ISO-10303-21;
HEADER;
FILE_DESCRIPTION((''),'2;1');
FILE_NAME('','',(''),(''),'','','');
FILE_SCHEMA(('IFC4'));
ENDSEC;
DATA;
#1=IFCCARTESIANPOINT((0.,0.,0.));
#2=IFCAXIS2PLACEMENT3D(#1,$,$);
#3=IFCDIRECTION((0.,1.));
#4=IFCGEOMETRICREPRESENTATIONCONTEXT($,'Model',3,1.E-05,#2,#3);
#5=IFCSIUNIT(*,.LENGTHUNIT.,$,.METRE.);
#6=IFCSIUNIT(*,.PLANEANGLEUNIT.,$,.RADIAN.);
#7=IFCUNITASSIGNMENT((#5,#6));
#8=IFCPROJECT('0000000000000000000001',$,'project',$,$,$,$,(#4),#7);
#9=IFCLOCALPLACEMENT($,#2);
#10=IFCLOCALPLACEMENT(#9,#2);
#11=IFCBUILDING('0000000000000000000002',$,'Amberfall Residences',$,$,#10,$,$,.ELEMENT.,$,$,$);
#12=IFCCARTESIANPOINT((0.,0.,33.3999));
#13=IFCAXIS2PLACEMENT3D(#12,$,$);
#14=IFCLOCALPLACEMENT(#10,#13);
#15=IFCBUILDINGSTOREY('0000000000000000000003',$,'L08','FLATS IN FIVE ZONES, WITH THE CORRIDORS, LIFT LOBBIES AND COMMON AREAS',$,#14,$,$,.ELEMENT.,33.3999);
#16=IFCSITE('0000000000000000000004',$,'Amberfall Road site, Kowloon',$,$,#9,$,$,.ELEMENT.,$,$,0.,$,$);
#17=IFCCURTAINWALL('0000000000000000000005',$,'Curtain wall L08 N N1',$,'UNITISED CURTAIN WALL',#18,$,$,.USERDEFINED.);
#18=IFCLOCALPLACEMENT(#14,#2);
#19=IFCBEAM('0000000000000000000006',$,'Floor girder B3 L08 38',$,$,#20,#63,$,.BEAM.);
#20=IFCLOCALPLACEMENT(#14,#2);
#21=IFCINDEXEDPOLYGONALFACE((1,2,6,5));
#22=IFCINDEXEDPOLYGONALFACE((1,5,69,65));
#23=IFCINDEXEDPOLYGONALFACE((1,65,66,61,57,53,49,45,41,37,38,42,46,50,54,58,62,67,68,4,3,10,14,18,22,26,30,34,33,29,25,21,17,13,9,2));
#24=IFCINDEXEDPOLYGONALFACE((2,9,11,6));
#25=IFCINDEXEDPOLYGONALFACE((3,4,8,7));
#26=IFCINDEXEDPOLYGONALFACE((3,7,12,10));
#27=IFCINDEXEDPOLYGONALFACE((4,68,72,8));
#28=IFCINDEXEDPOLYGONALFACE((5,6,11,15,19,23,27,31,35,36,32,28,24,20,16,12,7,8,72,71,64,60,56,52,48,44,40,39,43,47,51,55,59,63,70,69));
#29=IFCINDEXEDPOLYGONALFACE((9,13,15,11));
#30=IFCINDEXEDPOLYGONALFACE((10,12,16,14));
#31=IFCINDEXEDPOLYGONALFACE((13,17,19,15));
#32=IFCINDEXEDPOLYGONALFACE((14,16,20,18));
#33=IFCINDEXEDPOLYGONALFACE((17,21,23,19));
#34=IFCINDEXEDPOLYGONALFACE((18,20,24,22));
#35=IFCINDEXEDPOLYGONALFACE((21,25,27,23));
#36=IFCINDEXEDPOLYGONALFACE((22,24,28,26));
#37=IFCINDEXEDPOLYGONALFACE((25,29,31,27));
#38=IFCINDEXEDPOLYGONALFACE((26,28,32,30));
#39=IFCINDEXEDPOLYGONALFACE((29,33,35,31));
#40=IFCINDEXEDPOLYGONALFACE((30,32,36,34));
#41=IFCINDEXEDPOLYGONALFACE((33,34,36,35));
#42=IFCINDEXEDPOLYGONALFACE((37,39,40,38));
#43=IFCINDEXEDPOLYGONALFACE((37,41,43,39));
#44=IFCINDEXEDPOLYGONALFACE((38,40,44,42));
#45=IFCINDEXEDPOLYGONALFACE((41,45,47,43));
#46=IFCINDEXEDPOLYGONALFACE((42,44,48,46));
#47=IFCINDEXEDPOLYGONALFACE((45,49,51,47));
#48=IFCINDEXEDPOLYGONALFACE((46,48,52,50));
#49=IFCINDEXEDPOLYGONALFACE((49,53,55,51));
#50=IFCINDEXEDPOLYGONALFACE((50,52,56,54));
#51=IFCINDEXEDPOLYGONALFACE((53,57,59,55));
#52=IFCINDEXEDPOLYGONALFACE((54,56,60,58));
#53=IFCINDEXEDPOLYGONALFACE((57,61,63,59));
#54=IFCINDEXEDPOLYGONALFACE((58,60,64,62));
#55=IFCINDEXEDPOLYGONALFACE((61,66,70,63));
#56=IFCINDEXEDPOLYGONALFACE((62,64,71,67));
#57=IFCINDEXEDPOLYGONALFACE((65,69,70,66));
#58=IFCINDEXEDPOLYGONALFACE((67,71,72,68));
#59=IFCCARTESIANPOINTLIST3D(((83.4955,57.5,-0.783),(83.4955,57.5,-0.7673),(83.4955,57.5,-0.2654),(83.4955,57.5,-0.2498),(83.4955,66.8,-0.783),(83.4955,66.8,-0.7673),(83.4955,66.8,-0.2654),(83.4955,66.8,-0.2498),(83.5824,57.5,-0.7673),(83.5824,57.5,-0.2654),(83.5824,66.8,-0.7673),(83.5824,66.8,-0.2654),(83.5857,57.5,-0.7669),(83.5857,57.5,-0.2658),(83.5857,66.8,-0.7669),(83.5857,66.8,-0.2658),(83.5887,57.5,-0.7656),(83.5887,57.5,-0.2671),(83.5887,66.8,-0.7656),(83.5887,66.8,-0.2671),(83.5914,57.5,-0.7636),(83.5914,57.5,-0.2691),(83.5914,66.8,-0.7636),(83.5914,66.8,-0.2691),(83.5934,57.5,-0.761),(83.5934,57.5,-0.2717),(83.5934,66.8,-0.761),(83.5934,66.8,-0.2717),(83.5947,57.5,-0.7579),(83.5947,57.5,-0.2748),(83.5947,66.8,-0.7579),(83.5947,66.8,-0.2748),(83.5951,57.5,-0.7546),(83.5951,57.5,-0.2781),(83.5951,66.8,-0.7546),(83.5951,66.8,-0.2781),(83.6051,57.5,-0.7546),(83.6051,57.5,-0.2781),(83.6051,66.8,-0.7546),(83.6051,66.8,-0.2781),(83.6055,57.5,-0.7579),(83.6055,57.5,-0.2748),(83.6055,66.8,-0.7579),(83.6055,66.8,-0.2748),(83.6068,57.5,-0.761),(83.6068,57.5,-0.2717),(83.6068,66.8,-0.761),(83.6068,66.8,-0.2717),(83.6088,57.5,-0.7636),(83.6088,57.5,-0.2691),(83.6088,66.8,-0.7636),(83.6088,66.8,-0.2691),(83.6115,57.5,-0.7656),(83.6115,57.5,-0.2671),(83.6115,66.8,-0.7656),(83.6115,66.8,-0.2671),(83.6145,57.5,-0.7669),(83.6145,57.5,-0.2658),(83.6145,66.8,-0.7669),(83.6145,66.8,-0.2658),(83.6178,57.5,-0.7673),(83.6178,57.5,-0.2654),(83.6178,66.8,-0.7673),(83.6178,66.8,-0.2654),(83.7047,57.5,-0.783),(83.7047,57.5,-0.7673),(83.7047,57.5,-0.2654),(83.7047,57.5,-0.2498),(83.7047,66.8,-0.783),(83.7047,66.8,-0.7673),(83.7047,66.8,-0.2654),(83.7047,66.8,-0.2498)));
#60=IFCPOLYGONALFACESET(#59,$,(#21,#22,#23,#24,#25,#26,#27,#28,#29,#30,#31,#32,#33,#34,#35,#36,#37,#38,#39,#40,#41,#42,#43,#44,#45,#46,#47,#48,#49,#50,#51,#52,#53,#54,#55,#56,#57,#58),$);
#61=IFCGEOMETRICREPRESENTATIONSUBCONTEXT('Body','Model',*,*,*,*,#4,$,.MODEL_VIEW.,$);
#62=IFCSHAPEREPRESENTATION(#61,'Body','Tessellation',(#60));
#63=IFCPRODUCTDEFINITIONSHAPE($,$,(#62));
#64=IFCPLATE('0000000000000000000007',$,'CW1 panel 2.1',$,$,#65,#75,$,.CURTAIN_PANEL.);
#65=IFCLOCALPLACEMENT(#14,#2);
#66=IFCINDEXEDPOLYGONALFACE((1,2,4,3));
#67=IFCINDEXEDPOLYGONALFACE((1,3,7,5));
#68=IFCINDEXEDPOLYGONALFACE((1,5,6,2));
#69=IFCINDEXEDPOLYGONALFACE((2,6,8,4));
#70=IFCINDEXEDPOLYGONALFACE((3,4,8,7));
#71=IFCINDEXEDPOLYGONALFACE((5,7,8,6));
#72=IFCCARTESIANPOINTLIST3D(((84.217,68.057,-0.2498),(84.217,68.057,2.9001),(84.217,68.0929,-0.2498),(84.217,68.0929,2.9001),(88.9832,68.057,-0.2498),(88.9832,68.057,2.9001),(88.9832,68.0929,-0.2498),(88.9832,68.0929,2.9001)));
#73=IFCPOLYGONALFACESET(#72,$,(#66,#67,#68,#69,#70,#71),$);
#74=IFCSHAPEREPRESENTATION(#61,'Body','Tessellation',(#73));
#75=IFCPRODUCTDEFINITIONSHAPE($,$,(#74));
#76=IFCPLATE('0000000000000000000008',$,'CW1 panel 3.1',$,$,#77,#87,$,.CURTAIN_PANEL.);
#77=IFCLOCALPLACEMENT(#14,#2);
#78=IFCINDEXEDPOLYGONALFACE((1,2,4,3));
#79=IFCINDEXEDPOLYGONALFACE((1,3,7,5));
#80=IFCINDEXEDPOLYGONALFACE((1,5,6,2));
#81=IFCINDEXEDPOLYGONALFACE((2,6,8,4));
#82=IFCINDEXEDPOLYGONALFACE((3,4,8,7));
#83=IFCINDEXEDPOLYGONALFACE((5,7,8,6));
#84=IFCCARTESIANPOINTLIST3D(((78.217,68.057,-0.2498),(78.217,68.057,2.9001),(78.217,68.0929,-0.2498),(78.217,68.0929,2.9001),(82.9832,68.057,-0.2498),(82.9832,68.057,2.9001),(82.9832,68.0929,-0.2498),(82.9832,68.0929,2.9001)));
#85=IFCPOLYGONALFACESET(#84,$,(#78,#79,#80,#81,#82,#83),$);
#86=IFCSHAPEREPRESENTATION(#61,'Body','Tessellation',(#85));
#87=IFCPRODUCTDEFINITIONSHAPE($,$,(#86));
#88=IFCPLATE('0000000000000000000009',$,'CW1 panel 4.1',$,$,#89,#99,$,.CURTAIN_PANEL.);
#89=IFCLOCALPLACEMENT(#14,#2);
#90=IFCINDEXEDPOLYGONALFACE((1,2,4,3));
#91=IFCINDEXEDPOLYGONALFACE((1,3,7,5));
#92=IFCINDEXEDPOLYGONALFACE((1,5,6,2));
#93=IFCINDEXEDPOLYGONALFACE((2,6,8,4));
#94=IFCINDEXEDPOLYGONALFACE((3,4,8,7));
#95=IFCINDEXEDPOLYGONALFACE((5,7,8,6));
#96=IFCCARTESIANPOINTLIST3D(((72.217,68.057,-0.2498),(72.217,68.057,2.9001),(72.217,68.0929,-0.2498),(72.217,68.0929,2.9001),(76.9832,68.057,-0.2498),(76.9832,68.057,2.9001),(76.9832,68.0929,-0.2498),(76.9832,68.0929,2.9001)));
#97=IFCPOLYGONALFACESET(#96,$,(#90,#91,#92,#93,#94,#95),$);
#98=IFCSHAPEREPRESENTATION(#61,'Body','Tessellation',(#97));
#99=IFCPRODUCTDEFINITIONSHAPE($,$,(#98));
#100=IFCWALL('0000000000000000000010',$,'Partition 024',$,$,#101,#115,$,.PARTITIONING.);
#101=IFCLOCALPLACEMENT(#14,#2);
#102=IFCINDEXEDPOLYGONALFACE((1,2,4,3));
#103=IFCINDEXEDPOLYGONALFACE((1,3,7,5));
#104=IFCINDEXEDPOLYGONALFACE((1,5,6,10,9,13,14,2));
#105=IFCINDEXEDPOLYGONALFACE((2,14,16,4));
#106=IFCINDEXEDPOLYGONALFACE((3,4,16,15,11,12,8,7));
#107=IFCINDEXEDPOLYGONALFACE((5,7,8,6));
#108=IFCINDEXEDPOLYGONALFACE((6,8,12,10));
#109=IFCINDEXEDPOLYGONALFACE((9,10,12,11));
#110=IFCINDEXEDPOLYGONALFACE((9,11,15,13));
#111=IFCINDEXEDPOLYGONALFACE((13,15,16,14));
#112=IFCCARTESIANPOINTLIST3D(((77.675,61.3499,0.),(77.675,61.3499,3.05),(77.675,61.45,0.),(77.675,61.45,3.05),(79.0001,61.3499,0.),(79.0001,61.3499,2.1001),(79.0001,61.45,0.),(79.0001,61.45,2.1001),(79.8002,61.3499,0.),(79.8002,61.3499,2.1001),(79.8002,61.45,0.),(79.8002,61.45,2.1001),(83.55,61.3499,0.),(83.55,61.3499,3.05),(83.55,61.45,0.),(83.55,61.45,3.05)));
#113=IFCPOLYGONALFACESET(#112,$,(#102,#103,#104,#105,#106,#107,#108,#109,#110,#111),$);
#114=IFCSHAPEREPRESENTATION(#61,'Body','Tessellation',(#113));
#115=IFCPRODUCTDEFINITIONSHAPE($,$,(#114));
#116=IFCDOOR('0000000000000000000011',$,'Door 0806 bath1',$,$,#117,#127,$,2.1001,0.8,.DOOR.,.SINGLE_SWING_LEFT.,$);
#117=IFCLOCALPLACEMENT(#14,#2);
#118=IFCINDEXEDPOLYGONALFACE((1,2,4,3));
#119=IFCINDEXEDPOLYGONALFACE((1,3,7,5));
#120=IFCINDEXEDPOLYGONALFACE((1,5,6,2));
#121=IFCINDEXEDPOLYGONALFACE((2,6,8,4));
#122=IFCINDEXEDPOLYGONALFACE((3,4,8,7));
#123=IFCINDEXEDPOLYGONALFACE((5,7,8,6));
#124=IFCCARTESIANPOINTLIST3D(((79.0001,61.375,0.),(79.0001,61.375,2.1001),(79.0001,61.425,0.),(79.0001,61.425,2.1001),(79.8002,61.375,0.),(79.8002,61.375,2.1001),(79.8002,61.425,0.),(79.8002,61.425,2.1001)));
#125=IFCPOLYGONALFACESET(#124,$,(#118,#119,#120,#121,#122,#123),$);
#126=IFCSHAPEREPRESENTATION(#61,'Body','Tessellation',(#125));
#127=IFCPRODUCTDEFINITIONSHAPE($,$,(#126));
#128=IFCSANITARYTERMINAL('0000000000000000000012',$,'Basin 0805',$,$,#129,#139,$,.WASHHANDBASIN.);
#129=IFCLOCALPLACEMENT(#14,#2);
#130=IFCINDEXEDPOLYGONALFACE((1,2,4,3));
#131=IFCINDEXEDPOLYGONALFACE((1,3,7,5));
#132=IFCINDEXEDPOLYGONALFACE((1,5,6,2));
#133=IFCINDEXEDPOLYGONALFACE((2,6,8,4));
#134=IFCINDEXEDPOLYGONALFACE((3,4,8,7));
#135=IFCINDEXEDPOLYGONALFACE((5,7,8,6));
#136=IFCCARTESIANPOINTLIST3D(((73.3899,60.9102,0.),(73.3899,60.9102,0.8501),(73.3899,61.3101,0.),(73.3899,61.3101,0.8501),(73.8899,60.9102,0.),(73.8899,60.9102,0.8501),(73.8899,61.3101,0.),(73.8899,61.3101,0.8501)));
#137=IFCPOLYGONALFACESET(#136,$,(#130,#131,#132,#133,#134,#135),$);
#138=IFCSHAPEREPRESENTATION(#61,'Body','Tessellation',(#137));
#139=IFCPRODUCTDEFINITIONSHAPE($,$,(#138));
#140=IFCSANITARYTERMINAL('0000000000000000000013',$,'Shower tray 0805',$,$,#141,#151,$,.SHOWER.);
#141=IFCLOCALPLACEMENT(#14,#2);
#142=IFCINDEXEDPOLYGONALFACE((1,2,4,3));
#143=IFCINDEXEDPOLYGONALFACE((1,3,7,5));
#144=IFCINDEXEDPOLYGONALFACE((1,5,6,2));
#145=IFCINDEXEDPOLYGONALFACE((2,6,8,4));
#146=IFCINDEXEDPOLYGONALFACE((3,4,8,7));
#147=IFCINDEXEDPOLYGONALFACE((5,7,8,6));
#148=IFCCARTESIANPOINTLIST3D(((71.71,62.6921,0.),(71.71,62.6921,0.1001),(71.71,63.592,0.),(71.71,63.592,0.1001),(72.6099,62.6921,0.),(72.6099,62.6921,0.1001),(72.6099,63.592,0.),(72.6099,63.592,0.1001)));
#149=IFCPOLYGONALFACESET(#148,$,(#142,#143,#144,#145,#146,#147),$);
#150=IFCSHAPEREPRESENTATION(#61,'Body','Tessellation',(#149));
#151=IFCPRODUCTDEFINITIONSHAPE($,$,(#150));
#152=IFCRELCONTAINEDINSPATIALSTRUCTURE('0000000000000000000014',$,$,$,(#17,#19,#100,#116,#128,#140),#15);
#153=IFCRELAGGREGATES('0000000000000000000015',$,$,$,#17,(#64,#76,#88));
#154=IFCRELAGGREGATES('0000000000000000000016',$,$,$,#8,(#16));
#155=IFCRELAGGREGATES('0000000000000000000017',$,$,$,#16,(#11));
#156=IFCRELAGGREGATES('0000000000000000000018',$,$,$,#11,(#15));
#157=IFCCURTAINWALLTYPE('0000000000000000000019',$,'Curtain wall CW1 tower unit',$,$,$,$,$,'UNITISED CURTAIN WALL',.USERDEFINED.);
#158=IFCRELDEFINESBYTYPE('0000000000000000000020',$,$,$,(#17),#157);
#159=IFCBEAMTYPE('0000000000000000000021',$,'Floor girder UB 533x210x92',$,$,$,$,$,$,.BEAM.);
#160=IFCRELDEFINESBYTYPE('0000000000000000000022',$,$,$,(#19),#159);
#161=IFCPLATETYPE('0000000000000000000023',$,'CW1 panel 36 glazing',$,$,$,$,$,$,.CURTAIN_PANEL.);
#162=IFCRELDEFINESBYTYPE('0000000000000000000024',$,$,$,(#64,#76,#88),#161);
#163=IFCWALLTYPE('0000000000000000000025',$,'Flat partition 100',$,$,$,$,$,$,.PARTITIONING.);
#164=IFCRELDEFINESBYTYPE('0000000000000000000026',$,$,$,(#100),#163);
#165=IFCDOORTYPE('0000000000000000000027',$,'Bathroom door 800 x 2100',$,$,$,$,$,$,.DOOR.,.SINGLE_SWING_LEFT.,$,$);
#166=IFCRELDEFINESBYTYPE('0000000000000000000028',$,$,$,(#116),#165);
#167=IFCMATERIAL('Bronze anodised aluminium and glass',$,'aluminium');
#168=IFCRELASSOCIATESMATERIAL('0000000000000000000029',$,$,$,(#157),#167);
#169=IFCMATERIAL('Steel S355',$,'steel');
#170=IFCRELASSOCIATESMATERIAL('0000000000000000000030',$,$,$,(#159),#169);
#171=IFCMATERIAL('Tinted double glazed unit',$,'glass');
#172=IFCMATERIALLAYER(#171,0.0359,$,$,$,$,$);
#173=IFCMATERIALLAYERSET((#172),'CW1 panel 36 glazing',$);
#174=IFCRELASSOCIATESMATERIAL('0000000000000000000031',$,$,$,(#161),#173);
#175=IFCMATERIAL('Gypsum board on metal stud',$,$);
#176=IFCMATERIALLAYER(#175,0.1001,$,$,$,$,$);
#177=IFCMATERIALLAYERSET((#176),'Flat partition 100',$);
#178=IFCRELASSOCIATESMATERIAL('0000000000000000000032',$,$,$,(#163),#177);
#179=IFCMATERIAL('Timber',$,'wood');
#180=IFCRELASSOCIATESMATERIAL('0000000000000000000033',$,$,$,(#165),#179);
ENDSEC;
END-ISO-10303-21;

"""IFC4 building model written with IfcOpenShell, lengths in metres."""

from ifc_helpers import new_model, si_unit, direction, frame, frame_2d, origin, origin_2d, place, context, subcontext, project, spatial, rectangle, i_section, extrude, material, layer, layer_set, material_profile, profile_set, type_object, element, fill, aggregate, save


model = new_model("IFC4")

# Units and contexts
model_context = context("Model", 3, precision=1e-05, world=origin(), true_north=direction((0.0, 1.0)))
body_context = subcontext(model_context, "Body", "Model", "MODEL_VIEW")
ifc_project = project(units=[si_unit("LENGTHUNIT", "METRE"), si_unit("PLANEANGLEUNIT", "RADIAN")], contexts=[model_context])

# Site, building, storey
site_placement = place(None, origin())
site = spatial("IfcSite", under=ifc_project, at=site_placement, Name="Amberfall Road site, Kowloon", CompositionType="ELEMENT", RefElevation=0.0)
building_placement = place(site_placement, origin())
building = spatial("IfcBuilding", under=site, at=building_placement, Name="Amberfall Residences", CompositionType="ELEMENT")
storey_placement = place(building_placement, frame((0.0, 0.0, 33.3999)))
storey = spatial("IfcBuildingStorey", under=building, at=storey_placement, Name="L08", Description="FLATS IN FIVE ZONES, WITH THE CORRIDORS, LIFT LOBBIES AND COMMON AREAS", CompositionType="ELEMENT", Elevation=33.3999)

# Curtain wall
ifc_material_1 = material(Name="Bronze anodised aluminium and glass", Category="aluminium")
curtain_wall_type = type_object("IfcCurtainWallType", Name="Curtain wall CW1 tower unit", ElementType="UNITISED CURTAIN WALL", PredefinedType="USERDEFINED", material=ifc_material_1)
curtain_wall_placement = place(storey_placement, origin())
curtain_wall = element("IfcCurtainWall", 1, at=curtain_wall_placement, inside=storey, type_object=curtain_wall_type, Name="Curtain wall L08 N N1", ObjectType="UNITISED CURTAIN WALL", PredefinedType="USERDEFINED")

# Shared definitions
ifc_material_2 = material(Name="Steel S355", Category="steel")

# Beam
ifc_material_profile_1 = material_profile(ifc_material_2, i_section(OverallWidth=0.2092, OverallDepth=0.5332, WebThickness=0.01, FlangeThickness=0.0156, FilletRadius=0.0127, at=origin_2d()), Name="UB 533x210x92")
ifc_profile_set_1 = profile_set([ifc_material_profile_1], Name="Steel S355")
beam_type_1 = type_object("IfcBeamType", Name="Floor girder UB 533x210x92", PredefinedType="BEAM", material=ifc_profile_set_1)
for number, where, z_axis, x_axis, name in (
    (2, (83.6001, 66.8, -0.5164), (0.0, -1.0, 0.0), (1.0, 0.0, 0.0), "Floor girder B3 L08 38"),
):
    element("IfcBeam", number, at=place(storey_placement, frame(where, z_axis=z_axis, x_axis=x_axis)), inside=storey, type_object=beam_type_1, Name=name, PredefinedType="BEAM", context=body_context, shape_type="SweptSolid", body=[
        extrude(i_section(OverallWidth=0.2092, OverallDepth=0.5332, WebThickness=0.01, FlangeThickness=0.0156, FilletRadius=0.0127, at=origin_2d()), origin(), (0.0, 0.0, 1.0), 9.3),
    ])

# Plates
ifc_material_3 = material(Name="Tinted double glazed unit", Category="glass")
ifc_layer_1 = layer(ifc_material_3, 0.0359)
ifc_layer_set_1 = layer_set([ifc_layer_1], Name="CW1 panel 36 glazing")
plate_type = type_object("IfcPlateType", Name="CW1 panel 36 glazing", PredefinedType="CURTAIN_PANEL", material=ifc_layer_set_1)
plate_1_placement = place(storey_placement, frame((86.6001, 68.075, -0.2498), z_axis=(0.0, 0.0, 1.0), x_axis=(-1.0, 0.0, 0.0)))
plate_1 = element("IfcPlate", 3, at=plate_1_placement, type_object=plate_type, Name="CW1 panel 2.1", PredefinedType="CURTAIN_PANEL", context=body_context, shape_type="SweptSolid", body=[
    extrude(rectangle(XDim=4.7661, YDim=0.0359, at=origin_2d()), origin(), (0.0, 0.0, 1.0), 3.1499),
])
plate_2_placement = place(storey_placement, frame((80.6001, 68.075, -0.2498), z_axis=(0.0, 0.0, 1.0), x_axis=(-1.0, 0.0, 0.0)))
plate_2 = element("IfcPlate", 4, at=plate_2_placement, type_object=plate_type, Name="CW1 panel 3.1", PredefinedType="CURTAIN_PANEL", context=body_context, shape_type="SweptSolid", body=[
    extrude(rectangle(XDim=4.7661, YDim=0.0359, at=origin_2d()), origin(), (0.0, 0.0, 1.0), 3.1499),
])
plate_3_placement = place(storey_placement, frame((74.6001, 68.075, -0.2498), z_axis=(0.0, 0.0, 1.0), x_axis=(-1.0, 0.0, 0.0)))
plate_3 = element("IfcPlate", 5, at=plate_3_placement, type_object=plate_type, Name="CW1 panel 4.1", PredefinedType="CURTAIN_PANEL", context=body_context, shape_type="SweptSolid", body=[
    extrude(rectangle(XDim=4.7661, YDim=0.0359, at=origin_2d()), origin(), (0.0, 0.0, 1.0), 3.1499),
])
aggregate(curtain_wall, [plate_1, plate_2, plate_3])

# Wall, opening, door
ifc_material_4 = material(Name="Gypsum board on metal stud")
ifc_layer_2 = layer(ifc_material_4, 0.1001)
ifc_layer_set_2 = layer_set([ifc_layer_2], Name="Flat partition 100")
wall_type = type_object("IfcWallType", Name="Flat partition 100", PredefinedType="PARTITIONING", material=ifc_layer_set_2)
wall_placement = place(storey_placement, frame((83.55, 61.3999, 0.0), z_axis=(0.0, 0.0, 1.0), x_axis=(-1.0, 0.0, 0.0)))
wall = element("IfcWall", 6, at=wall_placement, inside=storey, type_object=wall_type, Name="Partition 024", PredefinedType="PARTITIONING", context=body_context, shape_type="SweptSolid", body=[
    extrude(rectangle(XDim=5.875, YDim=0.1001, at=frame_2d((2.9375, 0.0))), origin(), (0.0, 0.0, 1.0), 3.05),
])
opening_placement = place(wall_placement, frame((3.75, 0.0, 0.0)))
opening = element("IfcOpeningElement", 7, at=opening_placement, cuts=wall, PredefinedType="OPENING", context=body_context, shape_type="SweptSolid", body=[
    extrude(rectangle(XDim=0.8, YDim=2.1001, at=frame_2d((0.3999, 1.05))), frame((0.0, 0.0601, 0.0), z_axis=(0.0, -1.0, 0.0), x_axis=(1.0, 0.0, 0.0)), (0.0, 0.0, 1.0), 0.1201),
])
ifc_material_5 = material(Name="Timber", Category="wood")
door_type = type_object("IfcDoorType", Name="Bathroom door 800 x 2100", OperationType="SINGLE_SWING_LEFT", PredefinedType="DOOR", material=ifc_material_5)
door_placement = place(opening_placement, origin())
door = element("IfcDoor", 8, at=door_placement, inside=storey, type_object=door_type, Name="Door 0806 bath1", OperationType="SINGLE_SWING_LEFT", OverallHeight=2.1001, OverallWidth=0.8, PredefinedType="DOOR", context=body_context, shape_type="SweptSolid", body=[
    extrude(rectangle(XDim=0.8, YDim=2.1001, at=frame_2d((0.3999, 1.05))), frame((0.0, 0.0249, 0.0), z_axis=(0.0, -1.0, 0.0), x_axis=(1.0, 0.0, 0.0)), (0.0, 0.0, 1.0), 0.05),
])
fill(opening, door)

# Sanitary terminals
sanitary_terminal_1_placement = place(storey_placement, frame((73.6399, 61.1101, 0.0), z_axis=(0.0, 0.0, 1.0), x_axis=(1.0, 0.0, 0.0)))
element("IfcSanitaryTerminal", 9, at=sanitary_terminal_1_placement, inside=storey, Name="Basin 0805", PredefinedType="WASHHANDBASIN", context=body_context, shape_type="SweptSolid", body=[
    extrude(rectangle(XDim=0.5, YDim=0.3999, at=origin_2d()), origin(), (0.0, 0.0, 1.0), 0.8501),
])
sanitary_terminal_2_placement = place(storey_placement, frame((72.1599, 63.1421, 0.0), z_axis=(0.0, 0.0, 1.0), x_axis=(1.0, 0.0, 0.0)))
element("IfcSanitaryTerminal", 10, at=sanitary_terminal_2_placement, inside=storey, Name="Shower tray 0805", PredefinedType="SHOWER", context=body_context, shape_type="SweptSolid", body=[
    extrude(rectangle(XDim=0.8999, YDim=0.8999, at=origin_2d()), origin(), (0.0, 0.0, 1.0), 0.1001),
])

save(model, "model.ifc")
